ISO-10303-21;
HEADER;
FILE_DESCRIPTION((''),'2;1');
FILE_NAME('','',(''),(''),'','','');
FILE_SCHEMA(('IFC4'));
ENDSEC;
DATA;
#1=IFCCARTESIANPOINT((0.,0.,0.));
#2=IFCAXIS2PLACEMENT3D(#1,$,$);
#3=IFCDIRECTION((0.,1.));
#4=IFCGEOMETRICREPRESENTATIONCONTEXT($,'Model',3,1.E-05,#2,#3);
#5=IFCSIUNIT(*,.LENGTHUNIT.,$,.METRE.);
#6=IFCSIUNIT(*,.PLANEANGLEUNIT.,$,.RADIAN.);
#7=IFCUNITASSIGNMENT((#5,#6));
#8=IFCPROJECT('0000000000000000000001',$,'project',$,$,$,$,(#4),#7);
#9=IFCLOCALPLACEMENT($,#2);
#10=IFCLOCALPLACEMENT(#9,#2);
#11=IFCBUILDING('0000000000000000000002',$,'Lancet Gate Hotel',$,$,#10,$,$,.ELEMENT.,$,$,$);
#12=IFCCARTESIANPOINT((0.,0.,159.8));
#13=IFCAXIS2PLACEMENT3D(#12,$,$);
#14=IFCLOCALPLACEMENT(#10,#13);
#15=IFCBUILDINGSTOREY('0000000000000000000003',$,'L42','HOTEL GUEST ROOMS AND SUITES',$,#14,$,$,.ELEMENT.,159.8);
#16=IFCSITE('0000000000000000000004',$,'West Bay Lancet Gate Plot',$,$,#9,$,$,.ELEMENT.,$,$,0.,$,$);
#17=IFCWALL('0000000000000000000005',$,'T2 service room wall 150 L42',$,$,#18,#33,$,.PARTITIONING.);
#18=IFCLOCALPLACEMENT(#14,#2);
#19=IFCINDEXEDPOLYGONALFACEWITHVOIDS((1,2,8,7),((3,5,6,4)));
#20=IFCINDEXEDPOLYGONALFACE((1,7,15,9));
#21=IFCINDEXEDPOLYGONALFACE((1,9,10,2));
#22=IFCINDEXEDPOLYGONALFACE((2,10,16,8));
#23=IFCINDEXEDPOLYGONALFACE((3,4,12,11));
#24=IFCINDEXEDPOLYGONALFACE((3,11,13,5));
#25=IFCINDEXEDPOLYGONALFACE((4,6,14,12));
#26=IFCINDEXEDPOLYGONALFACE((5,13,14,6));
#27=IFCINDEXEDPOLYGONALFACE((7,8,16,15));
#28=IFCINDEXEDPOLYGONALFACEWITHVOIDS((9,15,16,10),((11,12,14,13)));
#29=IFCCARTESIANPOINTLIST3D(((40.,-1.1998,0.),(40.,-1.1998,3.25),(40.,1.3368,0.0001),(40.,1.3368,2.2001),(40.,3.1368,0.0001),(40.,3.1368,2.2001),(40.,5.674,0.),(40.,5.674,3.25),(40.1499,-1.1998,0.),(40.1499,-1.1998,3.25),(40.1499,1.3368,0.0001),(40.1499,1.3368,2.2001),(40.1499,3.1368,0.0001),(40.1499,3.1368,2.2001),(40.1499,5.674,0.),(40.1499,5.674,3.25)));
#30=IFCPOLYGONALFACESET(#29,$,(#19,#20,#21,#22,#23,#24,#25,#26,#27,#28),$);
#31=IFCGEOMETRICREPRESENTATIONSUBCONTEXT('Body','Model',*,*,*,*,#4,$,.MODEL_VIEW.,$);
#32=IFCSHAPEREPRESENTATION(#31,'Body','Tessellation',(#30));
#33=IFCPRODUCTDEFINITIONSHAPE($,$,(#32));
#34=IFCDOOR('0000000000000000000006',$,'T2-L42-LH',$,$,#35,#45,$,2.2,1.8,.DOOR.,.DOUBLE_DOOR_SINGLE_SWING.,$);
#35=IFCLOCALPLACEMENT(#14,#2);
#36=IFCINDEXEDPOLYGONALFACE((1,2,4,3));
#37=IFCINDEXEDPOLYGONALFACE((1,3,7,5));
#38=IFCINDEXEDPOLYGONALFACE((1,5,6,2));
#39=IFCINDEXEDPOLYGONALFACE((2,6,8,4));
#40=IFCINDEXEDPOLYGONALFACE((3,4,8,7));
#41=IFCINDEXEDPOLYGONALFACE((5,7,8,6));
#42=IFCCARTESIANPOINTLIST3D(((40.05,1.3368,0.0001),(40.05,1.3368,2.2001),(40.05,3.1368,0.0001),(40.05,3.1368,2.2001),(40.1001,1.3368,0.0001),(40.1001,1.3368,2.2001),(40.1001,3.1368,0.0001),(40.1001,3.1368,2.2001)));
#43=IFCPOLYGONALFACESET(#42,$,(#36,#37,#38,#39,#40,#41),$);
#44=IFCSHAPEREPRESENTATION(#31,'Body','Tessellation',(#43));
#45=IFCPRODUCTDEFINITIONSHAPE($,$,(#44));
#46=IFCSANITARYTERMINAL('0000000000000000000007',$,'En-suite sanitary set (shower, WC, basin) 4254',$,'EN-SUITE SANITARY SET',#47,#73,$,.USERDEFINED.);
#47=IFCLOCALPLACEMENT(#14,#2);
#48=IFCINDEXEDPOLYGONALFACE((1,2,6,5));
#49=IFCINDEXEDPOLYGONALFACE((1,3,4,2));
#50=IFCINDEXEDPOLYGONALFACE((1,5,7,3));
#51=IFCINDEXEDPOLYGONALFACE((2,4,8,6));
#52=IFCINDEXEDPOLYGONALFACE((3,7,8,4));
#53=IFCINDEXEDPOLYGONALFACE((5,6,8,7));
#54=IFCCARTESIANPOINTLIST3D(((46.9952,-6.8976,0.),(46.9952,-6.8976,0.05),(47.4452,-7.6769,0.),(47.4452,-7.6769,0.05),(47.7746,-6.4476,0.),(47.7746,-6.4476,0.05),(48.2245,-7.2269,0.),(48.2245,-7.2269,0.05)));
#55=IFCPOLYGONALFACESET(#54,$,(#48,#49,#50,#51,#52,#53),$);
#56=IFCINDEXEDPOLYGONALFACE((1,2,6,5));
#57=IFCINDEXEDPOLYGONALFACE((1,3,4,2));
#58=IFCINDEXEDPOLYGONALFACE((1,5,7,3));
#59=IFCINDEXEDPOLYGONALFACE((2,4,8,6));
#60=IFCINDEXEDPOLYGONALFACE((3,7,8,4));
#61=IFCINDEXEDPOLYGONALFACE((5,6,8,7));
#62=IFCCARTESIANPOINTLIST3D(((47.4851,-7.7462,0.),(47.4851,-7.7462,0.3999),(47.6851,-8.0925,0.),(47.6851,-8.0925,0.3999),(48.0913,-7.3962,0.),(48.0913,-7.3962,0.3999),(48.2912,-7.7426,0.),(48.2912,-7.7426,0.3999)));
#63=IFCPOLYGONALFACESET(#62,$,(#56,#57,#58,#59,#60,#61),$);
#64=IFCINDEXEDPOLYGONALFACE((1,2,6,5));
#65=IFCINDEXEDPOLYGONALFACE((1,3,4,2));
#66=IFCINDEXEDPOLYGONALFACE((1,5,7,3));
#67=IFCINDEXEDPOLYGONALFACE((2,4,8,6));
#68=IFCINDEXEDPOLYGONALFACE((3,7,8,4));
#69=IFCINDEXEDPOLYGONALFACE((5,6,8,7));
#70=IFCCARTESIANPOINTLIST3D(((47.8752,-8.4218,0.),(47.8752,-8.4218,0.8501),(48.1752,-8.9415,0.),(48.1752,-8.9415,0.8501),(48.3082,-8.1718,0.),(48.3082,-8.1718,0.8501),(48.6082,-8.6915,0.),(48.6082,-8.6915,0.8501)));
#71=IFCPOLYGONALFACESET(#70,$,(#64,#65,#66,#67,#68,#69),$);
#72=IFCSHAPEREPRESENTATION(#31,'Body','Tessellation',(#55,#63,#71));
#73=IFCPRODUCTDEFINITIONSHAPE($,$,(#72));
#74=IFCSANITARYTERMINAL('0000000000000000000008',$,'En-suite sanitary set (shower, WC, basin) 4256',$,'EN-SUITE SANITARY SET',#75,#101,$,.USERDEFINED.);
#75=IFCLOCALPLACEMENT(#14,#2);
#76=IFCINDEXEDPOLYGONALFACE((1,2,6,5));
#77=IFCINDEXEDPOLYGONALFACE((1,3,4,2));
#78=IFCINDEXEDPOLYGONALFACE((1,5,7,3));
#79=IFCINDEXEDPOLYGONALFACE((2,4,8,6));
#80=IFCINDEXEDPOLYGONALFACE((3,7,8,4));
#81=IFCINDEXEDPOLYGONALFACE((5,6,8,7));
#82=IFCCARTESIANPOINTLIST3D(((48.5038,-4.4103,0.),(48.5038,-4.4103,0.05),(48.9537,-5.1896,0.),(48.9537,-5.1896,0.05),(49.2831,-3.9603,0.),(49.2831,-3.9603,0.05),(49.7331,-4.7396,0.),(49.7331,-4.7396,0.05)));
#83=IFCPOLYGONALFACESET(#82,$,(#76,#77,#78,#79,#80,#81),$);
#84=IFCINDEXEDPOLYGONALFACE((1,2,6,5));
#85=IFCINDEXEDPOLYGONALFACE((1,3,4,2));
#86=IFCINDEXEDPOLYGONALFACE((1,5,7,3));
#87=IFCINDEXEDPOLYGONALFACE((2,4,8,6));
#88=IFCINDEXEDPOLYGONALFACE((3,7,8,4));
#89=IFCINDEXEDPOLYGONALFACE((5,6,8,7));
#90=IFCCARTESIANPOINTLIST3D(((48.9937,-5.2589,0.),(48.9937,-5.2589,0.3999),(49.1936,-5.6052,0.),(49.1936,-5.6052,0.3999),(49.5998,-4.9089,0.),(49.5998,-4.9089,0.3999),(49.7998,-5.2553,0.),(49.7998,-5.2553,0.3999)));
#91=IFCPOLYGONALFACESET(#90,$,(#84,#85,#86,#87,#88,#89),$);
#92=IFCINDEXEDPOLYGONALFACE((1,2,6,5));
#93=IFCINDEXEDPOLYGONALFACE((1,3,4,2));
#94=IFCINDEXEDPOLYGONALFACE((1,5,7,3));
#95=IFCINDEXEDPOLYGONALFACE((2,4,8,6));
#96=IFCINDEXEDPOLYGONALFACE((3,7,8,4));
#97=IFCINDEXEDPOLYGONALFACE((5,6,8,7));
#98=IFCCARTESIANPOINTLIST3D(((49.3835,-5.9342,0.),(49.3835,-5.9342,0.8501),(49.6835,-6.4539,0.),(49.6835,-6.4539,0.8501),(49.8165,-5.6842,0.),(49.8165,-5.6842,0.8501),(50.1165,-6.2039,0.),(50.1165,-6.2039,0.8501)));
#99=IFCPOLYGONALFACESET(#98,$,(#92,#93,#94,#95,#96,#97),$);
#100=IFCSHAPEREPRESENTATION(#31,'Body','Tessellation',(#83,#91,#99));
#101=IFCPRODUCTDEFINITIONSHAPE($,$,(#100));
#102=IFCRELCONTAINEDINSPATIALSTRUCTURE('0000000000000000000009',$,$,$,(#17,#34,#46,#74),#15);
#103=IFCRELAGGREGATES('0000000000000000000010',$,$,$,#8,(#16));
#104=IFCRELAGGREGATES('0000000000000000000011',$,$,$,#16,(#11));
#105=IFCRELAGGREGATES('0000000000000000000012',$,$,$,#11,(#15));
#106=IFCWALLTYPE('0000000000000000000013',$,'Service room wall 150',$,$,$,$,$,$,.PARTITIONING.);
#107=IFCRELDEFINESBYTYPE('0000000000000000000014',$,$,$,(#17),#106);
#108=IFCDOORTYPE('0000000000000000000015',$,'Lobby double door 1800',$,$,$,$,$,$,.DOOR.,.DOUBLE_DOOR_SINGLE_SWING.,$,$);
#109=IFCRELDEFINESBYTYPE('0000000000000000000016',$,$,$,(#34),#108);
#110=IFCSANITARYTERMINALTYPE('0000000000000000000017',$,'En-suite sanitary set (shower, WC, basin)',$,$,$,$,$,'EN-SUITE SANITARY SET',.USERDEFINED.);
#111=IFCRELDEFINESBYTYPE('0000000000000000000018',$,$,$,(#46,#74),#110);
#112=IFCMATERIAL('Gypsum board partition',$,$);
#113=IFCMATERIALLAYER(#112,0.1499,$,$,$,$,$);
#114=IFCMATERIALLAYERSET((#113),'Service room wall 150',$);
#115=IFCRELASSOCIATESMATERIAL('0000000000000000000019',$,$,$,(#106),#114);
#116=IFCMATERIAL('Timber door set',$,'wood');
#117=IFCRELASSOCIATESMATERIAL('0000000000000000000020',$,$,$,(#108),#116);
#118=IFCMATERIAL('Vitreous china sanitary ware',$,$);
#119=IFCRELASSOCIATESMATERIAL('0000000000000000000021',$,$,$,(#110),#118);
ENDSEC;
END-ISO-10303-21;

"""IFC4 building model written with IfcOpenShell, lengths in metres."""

from ifc_helpers import new_model, si_unit, direction, frame, frame_2d, origin, origin_2d, place, context, subcontext, project, spatial, rectangle, extrude, material, layer, layer_set, type_object, element, fill, save


model = new_model("IFC4")

# Units and contexts
model_context = context("Model", 3, precision=1e-05, world=origin(), true_north=direction((0.0, 1.0)))
body_context = subcontext(model_context, "Body", "Model", "MODEL_VIEW")
ifc_project = project(units=[si_unit("LENGTHUNIT", "METRE"), si_unit("PLANEANGLEUNIT", "RADIAN")], contexts=[model_context])

# Site, building, storey
site_placement = place(None, origin())
site = spatial("IfcSite", under=ifc_project, at=site_placement, Name="West Bay Lancet Gate Plot", CompositionType="ELEMENT", RefElevation=0.0)
building_placement = place(site_placement, origin())
building = spatial("IfcBuilding", under=site, at=building_placement, Name="Lancet Gate Hotel", CompositionType="ELEMENT")
storey_placement = place(building_placement, frame((0.0, 0.0, 159.8)))
storey = spatial("IfcBuildingStorey", under=building, at=storey_placement, Name="L42", Description="HOTEL GUEST ROOMS AND SUITES", CompositionType="ELEMENT", Elevation=159.8)

# Wall, opening, door
ifc_material_1 = material(Name="Gypsum board partition")
ifc_layer_1 = layer(ifc_material_1, 0.1499)
ifc_layer_set_1 = layer_set([ifc_layer_1], Name="Service room wall 150")
wall_type_1 = type_object("IfcWallType", Name="Service room wall 150", PredefinedType="PARTITIONING", material=ifc_layer_set_1)
wall_1_placement = place(storey_placement, frame((40.075, -1.2, 0.0), z_axis=(0.0, 0.0, 1.0), x_axis=(0.0, 1.0, 0.0)))
wall_1 = element("IfcWall", 1, at=wall_1_placement, inside=storey, type_object=wall_type_1, Name="T2 service room wall 150 L42", PredefinedType="PARTITIONING", context=body_context, shape_type="SweptSolid", body=[
    extrude(rectangle(XDim=6.8738, YDim=0.1499, at=frame_2d((3.437, 0.0))), origin(), (0.0, 0.0, 1.0), 3.25),
])
opening_1_placement = place(wall_1_placement, frame((2.5369, 0.0, 0.0)))
opening_1 = element("IfcOpeningElement", 2, at=opening_1_placement, cuts=wall_1, PredefinedType="OPENING", context=body_context, shape_type="SweptSolid", body=[
    extrude(rectangle(XDim=1.8, YDim=2.2, at=frame_2d((0.8999, 1.1001))), frame((0.0, 0.085, 0.0), z_axis=(0.0, -1.0, 0.0), x_axis=(1.0, 0.0, 0.0)), (0.0, 0.0, 1.0), 0.1699),
])
ifc_material_2 = material(Name="Timber door set", Category="wood")
door_type_1 = type_object("IfcDoorType", Name="Lobby double door 1800", OperationType="DOUBLE_DOOR_SINGLE_SWING", PredefinedType="DOOR", material=ifc_material_2)
door_1_placement = place(opening_1_placement, origin())
door_1 = element("IfcDoor", 3, at=door_1_placement, inside=storey, type_object=door_type_1, Name="T2-L42-LH", OperationType="DOUBLE_DOOR_SINGLE_SWING", OverallHeight=2.2, OverallWidth=1.8, PredefinedType="DOOR", context=body_context, shape_type="SweptSolid", body=[
    extrude(rectangle(XDim=1.8, YDim=2.2, at=frame_2d((0.8999, 1.1001))), frame((0.0, 0.0249, 0.0), z_axis=(0.0, -1.0, 0.0), x_axis=(1.0, 0.0, 0.0)), (0.0, 0.0, 1.0), 0.05),
])
fill(opening_1, door_1)

# Sanitary terminals
ifc_material_3 = material(Name="Vitreous china sanitary ware")
sanitary_terminal_type = type_object("IfcSanitaryTerminalType", Name="En-suite sanitary set (shower, WC, basin)", ElementType="EN-SUITE SANITARY SET", PredefinedType="USERDEFINED", material=ifc_material_3)
sanitary_terminal_1_placement = place(storey_placement, frame((47.6099, -7.0623, 0.0), z_axis=(0.0, 0.0, 1.0), x_axis=(1.0, 0.0, 0.0)))
element("IfcSanitaryTerminal", 4, at=sanitary_terminal_1_placement, inside=storey, type_object=sanitary_terminal_type, Name="En-suite sanitary set (shower, WC, basin) 4254", ObjectType="EN-SUITE SANITARY SET", PredefinedType="USERDEFINED", context=body_context, shape_type="SweptSolid", body=[
    extrude(rectangle(XDim=0.8999, YDim=0.8999, at=origin_2d()), frame((0.0, 0.0, 0.0), z_axis=(0.0, 0.0, 1.0), x_axis=(-0.5, 0.866025, 0.0)), (0.0, 0.0, 1.0), 0.05),
    extrude(rectangle(XDim=0.3999, YDim=0.7, at=origin_2d()), frame((0.2783, -0.6821, 0.0), z_axis=(0.0, 0.0, 1.0), x_axis=(-0.5, 0.866025, 0.0)), (0.0, 0.0, 1.0), 0.3999),
    extrude(rectangle(XDim=0.6001, YDim=0.5, at=origin_2d()), frame((0.6318, -1.4944, 0.0), z_axis=(0.0, 0.0, 1.0), x_axis=(-0.5, 0.866025, 0.0)), (0.0, 0.0, 1.0), 0.8501),
])
sanitary_terminal_2_placement = place(storey_placement, frame((49.1184, -4.575, 0.0), z_axis=(0.0, 0.0, 1.0), x_axis=(1.0, 0.0, 0.0)))
element("IfcSanitaryTerminal", 5, at=sanitary_terminal_2_placement, inside=storey, type_object=sanitary_terminal_type, Name="En-suite sanitary set (shower, WC, basin) 4256", ObjectType="EN-SUITE SANITARY SET", PredefinedType="USERDEFINED", context=body_context, shape_type="SweptSolid", body=[
    extrude(rectangle(XDim=0.8999, YDim=0.8999, at=origin_2d()), frame((0.0, 0.0, 0.0), z_axis=(0.0, 0.0, 1.0), x_axis=(-0.5, 0.866025, 0.0)), (0.0, 0.0, 1.0), 0.05),
    extrude(rectangle(XDim=0.3999, YDim=0.7, at=origin_2d()), frame((0.2783, -0.6821, 0.0), z_axis=(0.0, 0.0, 1.0), x_axis=(-0.5, 0.866025, 0.0)), (0.0, 0.0, 1.0), 0.3999),
    extrude(rectangle(XDim=0.6001, YDim=0.5, at=origin_2d()), frame((0.6316, -1.4941, 0.0), z_axis=(0.0, 0.0, 1.0), x_axis=(-0.5, 0.866025, 0.0)), (0.0, 0.0, 1.0), 0.8501),
])

save(model, "model.ifc")
